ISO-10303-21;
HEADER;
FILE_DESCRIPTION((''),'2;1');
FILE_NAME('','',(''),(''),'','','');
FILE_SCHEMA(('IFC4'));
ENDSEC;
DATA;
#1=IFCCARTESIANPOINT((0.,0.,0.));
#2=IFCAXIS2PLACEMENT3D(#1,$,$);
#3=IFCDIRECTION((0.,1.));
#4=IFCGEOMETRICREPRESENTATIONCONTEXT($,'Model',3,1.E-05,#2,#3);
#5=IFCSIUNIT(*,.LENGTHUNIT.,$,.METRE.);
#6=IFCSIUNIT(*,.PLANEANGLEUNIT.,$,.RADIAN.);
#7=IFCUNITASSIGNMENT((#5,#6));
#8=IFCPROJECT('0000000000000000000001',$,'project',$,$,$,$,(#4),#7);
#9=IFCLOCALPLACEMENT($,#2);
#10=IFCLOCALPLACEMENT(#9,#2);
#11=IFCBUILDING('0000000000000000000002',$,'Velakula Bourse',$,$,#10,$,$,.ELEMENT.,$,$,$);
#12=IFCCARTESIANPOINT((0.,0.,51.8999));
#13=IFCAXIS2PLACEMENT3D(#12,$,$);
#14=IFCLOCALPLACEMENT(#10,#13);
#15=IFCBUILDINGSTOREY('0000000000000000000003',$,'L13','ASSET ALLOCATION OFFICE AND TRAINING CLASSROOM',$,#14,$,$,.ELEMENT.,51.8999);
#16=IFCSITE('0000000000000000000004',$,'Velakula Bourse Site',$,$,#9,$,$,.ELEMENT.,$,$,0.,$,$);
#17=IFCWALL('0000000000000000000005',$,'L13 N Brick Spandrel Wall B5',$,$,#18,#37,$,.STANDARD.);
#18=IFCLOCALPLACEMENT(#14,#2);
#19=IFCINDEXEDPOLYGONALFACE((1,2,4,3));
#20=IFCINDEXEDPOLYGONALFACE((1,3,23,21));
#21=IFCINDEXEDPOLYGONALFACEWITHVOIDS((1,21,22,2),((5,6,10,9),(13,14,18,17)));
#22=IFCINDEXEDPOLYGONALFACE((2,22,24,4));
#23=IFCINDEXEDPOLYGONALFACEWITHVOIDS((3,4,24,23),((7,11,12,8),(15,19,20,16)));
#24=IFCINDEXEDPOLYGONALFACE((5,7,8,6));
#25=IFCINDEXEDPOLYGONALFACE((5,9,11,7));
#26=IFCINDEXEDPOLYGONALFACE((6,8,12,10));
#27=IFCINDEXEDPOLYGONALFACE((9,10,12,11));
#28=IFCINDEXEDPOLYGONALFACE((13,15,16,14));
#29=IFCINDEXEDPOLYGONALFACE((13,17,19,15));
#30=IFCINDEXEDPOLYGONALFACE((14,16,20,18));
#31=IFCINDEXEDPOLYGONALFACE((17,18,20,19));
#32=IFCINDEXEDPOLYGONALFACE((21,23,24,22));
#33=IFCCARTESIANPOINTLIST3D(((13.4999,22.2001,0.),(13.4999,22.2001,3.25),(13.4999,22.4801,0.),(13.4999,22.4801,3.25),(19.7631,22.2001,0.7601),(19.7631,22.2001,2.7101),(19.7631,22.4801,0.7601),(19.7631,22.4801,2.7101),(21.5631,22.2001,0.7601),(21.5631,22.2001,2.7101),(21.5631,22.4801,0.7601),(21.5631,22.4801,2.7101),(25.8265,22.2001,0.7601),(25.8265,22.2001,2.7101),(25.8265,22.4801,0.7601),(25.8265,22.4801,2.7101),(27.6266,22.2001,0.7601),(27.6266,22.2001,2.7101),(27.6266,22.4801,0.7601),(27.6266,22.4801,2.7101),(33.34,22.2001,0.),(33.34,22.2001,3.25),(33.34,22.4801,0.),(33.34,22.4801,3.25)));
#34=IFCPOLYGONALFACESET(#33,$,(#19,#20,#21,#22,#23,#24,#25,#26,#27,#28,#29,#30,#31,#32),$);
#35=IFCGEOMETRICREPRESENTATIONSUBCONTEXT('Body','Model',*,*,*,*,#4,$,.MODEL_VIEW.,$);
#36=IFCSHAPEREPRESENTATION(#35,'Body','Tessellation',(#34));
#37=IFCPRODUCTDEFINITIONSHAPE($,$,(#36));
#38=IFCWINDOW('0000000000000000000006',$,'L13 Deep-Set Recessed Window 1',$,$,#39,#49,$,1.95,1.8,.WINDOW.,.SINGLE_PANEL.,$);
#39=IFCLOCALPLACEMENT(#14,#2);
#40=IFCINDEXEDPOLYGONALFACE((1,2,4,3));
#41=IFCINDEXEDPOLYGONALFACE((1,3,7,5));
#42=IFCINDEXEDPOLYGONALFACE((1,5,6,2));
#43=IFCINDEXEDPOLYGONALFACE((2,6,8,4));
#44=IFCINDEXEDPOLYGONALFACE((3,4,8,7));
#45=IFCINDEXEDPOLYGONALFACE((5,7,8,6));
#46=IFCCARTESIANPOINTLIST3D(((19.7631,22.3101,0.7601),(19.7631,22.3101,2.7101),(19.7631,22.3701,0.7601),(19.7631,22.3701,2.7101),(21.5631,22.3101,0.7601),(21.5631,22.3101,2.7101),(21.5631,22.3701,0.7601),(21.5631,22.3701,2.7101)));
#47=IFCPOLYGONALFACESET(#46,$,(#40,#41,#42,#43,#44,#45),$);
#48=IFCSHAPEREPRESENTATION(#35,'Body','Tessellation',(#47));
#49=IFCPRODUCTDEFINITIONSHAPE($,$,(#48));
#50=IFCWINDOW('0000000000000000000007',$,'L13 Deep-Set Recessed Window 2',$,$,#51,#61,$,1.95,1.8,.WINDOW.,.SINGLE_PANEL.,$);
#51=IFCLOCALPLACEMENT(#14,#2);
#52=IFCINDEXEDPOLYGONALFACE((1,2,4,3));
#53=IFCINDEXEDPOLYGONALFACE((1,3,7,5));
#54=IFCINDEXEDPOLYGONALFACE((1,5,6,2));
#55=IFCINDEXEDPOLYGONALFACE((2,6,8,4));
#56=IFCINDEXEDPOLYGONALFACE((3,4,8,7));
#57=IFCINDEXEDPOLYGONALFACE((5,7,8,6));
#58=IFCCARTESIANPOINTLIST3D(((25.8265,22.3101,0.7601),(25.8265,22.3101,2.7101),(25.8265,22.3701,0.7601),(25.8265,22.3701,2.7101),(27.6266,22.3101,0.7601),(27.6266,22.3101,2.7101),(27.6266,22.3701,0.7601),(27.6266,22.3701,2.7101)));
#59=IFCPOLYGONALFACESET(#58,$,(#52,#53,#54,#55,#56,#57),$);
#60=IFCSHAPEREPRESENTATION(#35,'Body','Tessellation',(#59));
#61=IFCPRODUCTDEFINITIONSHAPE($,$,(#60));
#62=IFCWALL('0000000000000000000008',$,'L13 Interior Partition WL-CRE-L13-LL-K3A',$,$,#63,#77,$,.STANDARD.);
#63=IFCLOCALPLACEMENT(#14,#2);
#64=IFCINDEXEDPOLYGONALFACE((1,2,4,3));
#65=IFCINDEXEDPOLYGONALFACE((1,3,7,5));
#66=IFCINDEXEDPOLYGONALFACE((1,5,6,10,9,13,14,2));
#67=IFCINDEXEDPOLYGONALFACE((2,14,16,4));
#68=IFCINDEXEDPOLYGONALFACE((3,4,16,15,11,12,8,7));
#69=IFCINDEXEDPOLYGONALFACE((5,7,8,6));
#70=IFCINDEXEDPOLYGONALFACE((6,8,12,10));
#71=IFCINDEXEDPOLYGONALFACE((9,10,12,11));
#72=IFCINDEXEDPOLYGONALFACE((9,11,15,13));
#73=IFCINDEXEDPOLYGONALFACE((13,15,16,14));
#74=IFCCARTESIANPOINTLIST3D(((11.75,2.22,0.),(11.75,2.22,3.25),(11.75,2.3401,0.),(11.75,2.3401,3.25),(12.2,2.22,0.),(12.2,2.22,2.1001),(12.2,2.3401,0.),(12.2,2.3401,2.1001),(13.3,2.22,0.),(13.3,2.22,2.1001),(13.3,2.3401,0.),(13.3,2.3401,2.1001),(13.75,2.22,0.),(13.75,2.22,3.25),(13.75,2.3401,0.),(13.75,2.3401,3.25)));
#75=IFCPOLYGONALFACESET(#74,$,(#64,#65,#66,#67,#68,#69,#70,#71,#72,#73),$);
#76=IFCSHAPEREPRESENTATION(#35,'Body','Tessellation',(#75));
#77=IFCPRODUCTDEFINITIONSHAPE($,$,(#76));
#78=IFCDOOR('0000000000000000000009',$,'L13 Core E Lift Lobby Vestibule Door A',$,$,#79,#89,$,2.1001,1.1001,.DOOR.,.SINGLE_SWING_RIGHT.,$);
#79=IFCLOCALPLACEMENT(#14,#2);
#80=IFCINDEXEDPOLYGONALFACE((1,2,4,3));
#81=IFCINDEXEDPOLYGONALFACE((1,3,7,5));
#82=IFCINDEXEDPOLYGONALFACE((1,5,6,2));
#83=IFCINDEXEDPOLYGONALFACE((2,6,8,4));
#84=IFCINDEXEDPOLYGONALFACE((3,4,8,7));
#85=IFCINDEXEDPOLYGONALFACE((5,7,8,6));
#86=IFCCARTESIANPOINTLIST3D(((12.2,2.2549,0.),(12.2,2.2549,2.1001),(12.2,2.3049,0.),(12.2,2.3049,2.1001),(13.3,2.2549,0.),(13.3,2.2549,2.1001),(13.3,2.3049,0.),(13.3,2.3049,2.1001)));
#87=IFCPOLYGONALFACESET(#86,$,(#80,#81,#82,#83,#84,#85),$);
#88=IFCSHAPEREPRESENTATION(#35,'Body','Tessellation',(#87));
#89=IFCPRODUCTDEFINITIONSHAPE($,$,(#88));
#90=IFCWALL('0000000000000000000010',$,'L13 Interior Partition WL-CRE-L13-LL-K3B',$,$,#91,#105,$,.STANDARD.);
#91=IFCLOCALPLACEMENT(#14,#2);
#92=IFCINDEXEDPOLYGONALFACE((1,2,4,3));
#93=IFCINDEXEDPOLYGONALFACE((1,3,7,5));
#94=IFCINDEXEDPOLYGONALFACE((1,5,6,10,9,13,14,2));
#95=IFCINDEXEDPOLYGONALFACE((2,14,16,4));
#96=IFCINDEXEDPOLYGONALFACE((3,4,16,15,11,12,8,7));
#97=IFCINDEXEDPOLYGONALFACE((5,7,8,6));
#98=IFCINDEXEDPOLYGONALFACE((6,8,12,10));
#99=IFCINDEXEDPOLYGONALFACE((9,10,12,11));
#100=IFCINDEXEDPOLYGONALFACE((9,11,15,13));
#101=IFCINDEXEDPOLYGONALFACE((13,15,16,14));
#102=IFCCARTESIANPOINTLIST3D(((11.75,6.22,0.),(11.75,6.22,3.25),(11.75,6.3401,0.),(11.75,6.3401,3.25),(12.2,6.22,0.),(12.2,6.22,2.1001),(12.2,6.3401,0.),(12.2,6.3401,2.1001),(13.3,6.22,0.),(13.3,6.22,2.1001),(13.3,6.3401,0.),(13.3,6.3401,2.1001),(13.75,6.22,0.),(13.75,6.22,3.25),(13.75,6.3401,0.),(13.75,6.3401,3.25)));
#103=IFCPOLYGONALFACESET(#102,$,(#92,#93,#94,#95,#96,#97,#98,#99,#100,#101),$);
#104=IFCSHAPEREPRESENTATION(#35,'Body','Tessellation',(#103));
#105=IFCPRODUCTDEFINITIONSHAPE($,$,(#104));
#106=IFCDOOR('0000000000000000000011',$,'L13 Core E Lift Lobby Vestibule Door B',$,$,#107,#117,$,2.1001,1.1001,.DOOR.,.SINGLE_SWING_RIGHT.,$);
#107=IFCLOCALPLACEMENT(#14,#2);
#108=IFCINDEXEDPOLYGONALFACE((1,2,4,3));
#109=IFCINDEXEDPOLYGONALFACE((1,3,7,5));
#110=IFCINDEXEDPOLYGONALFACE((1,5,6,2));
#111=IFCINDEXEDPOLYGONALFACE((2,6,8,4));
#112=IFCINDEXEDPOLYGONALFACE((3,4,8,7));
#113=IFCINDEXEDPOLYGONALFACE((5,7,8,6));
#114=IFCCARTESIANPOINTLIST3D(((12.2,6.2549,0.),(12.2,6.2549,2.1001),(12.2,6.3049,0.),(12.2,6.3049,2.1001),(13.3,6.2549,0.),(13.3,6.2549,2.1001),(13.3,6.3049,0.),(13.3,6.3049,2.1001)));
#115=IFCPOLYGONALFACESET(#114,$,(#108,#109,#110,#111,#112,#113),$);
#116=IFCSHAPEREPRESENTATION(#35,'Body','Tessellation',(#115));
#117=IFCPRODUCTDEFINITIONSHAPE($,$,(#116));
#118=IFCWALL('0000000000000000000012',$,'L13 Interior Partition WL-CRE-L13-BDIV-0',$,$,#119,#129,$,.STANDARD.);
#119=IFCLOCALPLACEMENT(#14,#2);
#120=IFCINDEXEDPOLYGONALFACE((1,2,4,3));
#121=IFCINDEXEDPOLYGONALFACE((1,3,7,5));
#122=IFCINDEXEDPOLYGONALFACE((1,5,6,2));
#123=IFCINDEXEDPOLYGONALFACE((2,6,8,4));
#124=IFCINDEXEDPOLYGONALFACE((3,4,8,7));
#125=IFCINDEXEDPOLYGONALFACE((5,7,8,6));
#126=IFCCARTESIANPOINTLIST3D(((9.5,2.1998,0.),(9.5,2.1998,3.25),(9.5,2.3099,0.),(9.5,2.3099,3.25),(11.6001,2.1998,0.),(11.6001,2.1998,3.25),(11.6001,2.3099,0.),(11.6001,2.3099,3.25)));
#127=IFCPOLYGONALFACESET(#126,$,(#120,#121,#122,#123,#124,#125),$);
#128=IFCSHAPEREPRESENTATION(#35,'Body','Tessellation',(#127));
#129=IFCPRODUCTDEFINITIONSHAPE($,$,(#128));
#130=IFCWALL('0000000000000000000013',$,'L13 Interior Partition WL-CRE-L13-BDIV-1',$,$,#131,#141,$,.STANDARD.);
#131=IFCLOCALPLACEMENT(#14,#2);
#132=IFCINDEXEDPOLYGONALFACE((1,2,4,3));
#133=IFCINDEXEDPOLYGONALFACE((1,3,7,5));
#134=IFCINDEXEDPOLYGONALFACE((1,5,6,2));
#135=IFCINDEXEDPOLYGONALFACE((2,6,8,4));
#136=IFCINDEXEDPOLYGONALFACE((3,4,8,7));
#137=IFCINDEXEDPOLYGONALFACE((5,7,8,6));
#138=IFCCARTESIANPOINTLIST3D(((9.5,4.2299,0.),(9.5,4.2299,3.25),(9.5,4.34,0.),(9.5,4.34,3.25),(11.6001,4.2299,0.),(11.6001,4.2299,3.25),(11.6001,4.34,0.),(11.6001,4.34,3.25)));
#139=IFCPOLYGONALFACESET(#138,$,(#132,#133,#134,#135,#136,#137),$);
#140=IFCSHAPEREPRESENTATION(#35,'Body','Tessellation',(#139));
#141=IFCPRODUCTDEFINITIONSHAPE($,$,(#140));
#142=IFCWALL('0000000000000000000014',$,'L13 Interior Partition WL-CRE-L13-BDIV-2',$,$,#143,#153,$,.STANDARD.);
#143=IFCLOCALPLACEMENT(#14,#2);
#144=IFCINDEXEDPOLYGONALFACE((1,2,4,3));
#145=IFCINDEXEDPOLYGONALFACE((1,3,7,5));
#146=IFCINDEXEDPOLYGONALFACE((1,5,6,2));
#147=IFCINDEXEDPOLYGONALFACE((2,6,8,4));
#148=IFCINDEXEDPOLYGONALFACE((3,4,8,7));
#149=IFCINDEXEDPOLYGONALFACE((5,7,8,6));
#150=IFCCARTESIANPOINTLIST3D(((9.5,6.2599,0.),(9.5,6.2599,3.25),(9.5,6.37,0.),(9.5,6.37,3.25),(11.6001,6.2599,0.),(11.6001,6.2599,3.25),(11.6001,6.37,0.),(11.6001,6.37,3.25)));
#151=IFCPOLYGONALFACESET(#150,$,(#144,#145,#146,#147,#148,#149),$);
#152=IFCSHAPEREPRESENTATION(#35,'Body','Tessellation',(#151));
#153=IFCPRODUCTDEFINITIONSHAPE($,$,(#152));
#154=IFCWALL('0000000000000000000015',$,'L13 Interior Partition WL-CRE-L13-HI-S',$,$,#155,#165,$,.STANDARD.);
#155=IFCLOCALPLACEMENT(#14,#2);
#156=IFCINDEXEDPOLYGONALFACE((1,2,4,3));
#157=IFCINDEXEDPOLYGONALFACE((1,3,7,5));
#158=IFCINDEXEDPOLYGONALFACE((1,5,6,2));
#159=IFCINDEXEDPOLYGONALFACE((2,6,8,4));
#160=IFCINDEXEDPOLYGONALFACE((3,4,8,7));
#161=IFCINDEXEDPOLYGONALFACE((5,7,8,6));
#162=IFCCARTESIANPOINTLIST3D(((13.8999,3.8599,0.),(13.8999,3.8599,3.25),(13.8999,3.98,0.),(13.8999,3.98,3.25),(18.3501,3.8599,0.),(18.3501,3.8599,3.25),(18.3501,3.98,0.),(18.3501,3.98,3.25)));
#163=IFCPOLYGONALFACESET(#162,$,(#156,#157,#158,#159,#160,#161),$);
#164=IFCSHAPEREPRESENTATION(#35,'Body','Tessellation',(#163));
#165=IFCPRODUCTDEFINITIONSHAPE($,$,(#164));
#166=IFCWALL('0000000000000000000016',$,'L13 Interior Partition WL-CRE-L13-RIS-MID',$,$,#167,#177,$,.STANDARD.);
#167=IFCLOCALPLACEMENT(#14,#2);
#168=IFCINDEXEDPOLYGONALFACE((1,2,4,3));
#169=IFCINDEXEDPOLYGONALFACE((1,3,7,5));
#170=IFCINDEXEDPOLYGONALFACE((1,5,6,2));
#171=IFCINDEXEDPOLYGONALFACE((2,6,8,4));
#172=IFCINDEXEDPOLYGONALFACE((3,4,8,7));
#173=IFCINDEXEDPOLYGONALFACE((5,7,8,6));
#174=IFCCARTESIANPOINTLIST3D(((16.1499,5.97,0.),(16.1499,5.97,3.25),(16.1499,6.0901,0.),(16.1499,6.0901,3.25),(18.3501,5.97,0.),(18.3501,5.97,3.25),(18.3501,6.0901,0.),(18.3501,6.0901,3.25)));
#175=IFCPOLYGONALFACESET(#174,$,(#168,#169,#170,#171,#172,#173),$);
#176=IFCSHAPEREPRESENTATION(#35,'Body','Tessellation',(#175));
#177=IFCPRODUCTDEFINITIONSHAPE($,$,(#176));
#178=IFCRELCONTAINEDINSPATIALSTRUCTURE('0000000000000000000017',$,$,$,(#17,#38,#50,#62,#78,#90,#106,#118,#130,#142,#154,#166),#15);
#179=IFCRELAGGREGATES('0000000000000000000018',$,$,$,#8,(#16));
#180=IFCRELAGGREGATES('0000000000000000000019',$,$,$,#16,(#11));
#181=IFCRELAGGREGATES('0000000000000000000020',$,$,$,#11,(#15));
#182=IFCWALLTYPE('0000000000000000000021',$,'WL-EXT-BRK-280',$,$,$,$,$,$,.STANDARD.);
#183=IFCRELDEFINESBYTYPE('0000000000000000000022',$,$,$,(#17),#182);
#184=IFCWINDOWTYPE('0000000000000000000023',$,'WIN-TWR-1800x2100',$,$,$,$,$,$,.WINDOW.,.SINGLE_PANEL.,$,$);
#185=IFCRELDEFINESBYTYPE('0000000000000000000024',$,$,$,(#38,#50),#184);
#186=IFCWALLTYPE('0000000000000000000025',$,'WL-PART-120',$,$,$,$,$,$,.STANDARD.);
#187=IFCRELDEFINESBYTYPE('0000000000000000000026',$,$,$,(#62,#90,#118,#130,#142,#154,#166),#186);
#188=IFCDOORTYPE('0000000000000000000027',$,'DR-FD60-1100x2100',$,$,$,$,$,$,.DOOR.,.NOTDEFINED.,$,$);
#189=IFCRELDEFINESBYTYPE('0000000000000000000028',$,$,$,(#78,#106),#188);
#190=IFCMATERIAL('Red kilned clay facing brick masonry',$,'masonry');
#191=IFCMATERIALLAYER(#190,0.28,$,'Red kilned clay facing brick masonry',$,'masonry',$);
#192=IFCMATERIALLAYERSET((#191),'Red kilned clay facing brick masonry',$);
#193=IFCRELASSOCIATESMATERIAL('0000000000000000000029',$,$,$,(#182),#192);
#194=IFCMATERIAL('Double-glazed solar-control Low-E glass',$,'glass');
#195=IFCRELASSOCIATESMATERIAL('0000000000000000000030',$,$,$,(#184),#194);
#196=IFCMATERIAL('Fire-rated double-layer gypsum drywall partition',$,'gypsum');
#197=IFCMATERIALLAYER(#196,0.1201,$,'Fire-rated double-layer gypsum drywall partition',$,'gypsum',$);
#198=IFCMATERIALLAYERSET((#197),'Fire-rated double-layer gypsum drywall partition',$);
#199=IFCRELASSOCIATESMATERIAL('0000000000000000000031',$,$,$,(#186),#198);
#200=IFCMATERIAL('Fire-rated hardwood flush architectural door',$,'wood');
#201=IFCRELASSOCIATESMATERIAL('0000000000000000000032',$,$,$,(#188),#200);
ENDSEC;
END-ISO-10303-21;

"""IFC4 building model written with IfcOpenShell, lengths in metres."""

from ifc_helpers import new_model, si_unit, direction, frame, frame_2d, origin, place, context, subcontext, project, spatial, rectangle, extrude, material, layer, layer_set, type_object, element, fill, save


model = new_model("IFC4")

# Units and contexts
model_context = context("Model", 3, precision=1e-05, world=origin(), true_north=direction((0.0, 1.0)))
body_context = subcontext(model_context, "Body", "Model", "MODEL_VIEW")
ifc_project = project(units=[si_unit("LENGTHUNIT", "METRE"), si_unit("PLANEANGLEUNIT", "RADIAN")], contexts=[model_context])

# Site, building, storey
site_placement = place(None, origin())
site = spatial("IfcSite", under=ifc_project, at=site_placement, Name="Velakula Bourse Site", CompositionType="ELEMENT", RefElevation=0.0)
building_placement = place(site_placement, origin())
building = spatial("IfcBuilding", under=site, at=building_placement, Name="Velakula Bourse", CompositionType="ELEMENT")
storey_placement = place(building_placement, frame((0.0, 0.0, 51.8999)))
storey = spatial("IfcBuildingStorey", under=building, at=storey_placement, Name="L13", Description="ASSET ALLOCATION OFFICE AND TRAINING CLASSROOM", CompositionType="ELEMENT", Elevation=51.8999)

# Wall, openings, windows
ifc_material_1 = material(Name="Red kilned clay facing brick masonry", Category="masonry")
ifc_layer_1 = layer(ifc_material_1, 0.28, Name="Red kilned clay facing brick masonry", Category="masonry")
ifc_layer_set_1 = layer_set([ifc_layer_1], Name="Red kilned clay facing brick masonry")
wall_type_1 = type_object("IfcWallType", Name="WL-EXT-BRK-280", PredefinedType="STANDARD", material=ifc_layer_set_1)
wall_1_placement = place(storey_placement, frame((13.5, 22.3401, 0.0), z_axis=(0.0, 0.0, 1.0), x_axis=(1.0, 0.0, 0.0)))
wall_1 = element("IfcWall", 1, at=wall_1_placement, inside=storey, type_object=wall_type_1, Name="L13 N Brick Spandrel Wall B5", PredefinedType="STANDARD", context=body_context, shape_type="SweptSolid", body=[
    extrude(rectangle(XDim=19.8401, YDim=0.28, at=frame_2d((9.9199, 0.0))), origin(), (0.0, 0.0, 1.0), 3.25),
])
opening_1_placement = place(wall_1_placement, frame((6.2632, 0.0, 0.76)))
opening_1 = element("IfcOpeningElement", 2, at=opening_1_placement, cuts=wall_1, PredefinedType="OPENING", context=body_context, shape_type="SweptSolid", body=[
    extrude(rectangle(XDim=1.8, YDim=1.95, at=frame_2d((0.8999, 0.9751))), frame((0.0, 0.1499, 0.0), z_axis=(0.0, -1.0, 0.0), x_axis=(1.0, 0.0, 0.0)), (0.0, 0.0, 1.0), 0.3),
])
opening_2_placement = place(wall_1_placement, frame((12.3267, 0.0, 0.76)))
opening_2 = element("IfcOpeningElement", 3, at=opening_2_placement, cuts=wall_1, PredefinedType="OPENING", context=body_context, shape_type="SweptSolid", body=[
    extrude(rectangle(XDim=1.8, YDim=1.95, at=frame_2d((0.8999, 0.9751))), frame((0.0, 0.1499, 0.0), z_axis=(0.0, -1.0, 0.0), x_axis=(1.0, 0.0, 0.0)), (0.0, 0.0, 1.0), 0.3),
])
ifc_material_2 = material(Name="Double-glazed solar-control Low-E glass", Category="glass")
window_type = type_object("IfcWindowType", Name="WIN-TWR-1800x2100", PartitioningType="SINGLE_PANEL", PredefinedType="WINDOW", material=ifc_material_2)
window_1_placement = place(opening_1_placement, origin())
window_1 = element("IfcWindow", 4, at=window_1_placement, inside=storey, type_object=window_type, Name="L13 Deep-Set Recessed Window 1", OverallHeight=1.95, OverallWidth=1.8, PartitioningType="SINGLE_PANEL", PredefinedType="WINDOW", context=body_context, shape_type="SweptSolid", body=[
    extrude(rectangle(XDim=1.8, YDim=1.95, at=frame_2d((0.8999, 0.9751))), frame((0.0, 0.03, 0.0), z_axis=(0.0, -1.0, 0.0), x_axis=(1.0, 0.0, 0.0)), (0.0, 0.0, 1.0), 0.0601),
])
fill(opening_1, window_1)
window_2_placement = place(opening_2_placement, origin())
window_2 = element("IfcWindow", 5, at=window_2_placement, inside=storey, type_object=window_type, Name="L13 Deep-Set Recessed Window 2", OverallHeight=1.95, OverallWidth=1.8, PartitioningType="SINGLE_PANEL", PredefinedType="WINDOW", context=body_context, shape_type="SweptSolid", body=[
    extrude(rectangle(XDim=1.8, YDim=1.95, at=frame_2d((0.8999, 0.9751))), frame((0.0, 0.03, 0.0), z_axis=(0.0, -1.0, 0.0), x_axis=(1.0, 0.0, 0.0)), (0.0, 0.0, 1.0), 0.0601),
])
fill(opening_2, window_2)

# Walls, openings, doors
ifc_material_3 = material(Name="Fire-rated double-layer gypsum drywall partition", Category="gypsum")
ifc_layer_2 = layer(ifc_material_3, 0.1201, Name="Fire-rated double-layer gypsum drywall partition", Category="gypsum")
ifc_layer_set_2 = layer_set([ifc_layer_2], Name="Fire-rated double-layer gypsum drywall partition")
wall_type_2 = type_object("IfcWallType", Name="WL-PART-120", PredefinedType="STANDARD", material=ifc_layer_set_2)
wall_2_placement = place(storey_placement, frame((11.75, 2.28, 0.0), z_axis=(0.0, 0.0, 1.0), x_axis=(1.0, 0.0, 0.0)))
wall_2 = element("IfcWall", 6, at=wall_2_placement, inside=storey, type_object=wall_type_2, Name="L13 Interior Partition WL-CRE-L13-LL-K3A", PredefinedType="STANDARD", context=body_context, shape_type="SweptSolid", body=[
    extrude(rectangle(XDim=2.0, YDim=0.1201, at=frame_2d((1.0, 0.0))), origin(), (0.0, 0.0, 1.0), 3.25),
])
opening_3_placement = place(wall_2_placement, frame((0.45, 0.0, 0.0)))
opening_3 = element("IfcOpeningElement", 7, at=opening_3_placement, cuts=wall_2, PredefinedType="OPENING", context=body_context, shape_type="SweptSolid", body=[
    extrude(rectangle(XDim=1.1001, YDim=2.1001, at=frame_2d((0.55, 1.05))), frame((0.0, 0.0701, 0.0), z_axis=(0.0, -1.0, 0.0), x_axis=(1.0, 0.0, 0.0)), (0.0, 0.0, 1.0), 0.1401),
])
ifc_material_4 = material(Name="Fire-rated hardwood flush architectural door", Category="wood")
door_type_1 = type_object("IfcDoorType", Name="DR-FD60-1100x2100", OperationType="NOTDEFINED", PredefinedType="DOOR", material=ifc_material_4)
door_1_placement = place(opening_3_placement, origin())
door_1 = element("IfcDoor", 8, at=door_1_placement, inside=storey, type_object=door_type_1, Name="L13 Core E Lift Lobby Vestibule Door A", OperationType="SINGLE_SWING_RIGHT", OverallHeight=2.1001, OverallWidth=1.1001, PredefinedType="DOOR", context=body_context, shape_type="SweptSolid", body=[
    extrude(rectangle(XDim=1.1001, YDim=2.1001, at=frame_2d((0.55, 1.05))), frame((0.0, 0.0249, 0.0), z_axis=(0.0, -1.0, 0.0), x_axis=(1.0, 0.0, 0.0)), (0.0, 0.0, 1.0), 0.05),
])
fill(opening_3, door_1)
wall_3_placement = place(storey_placement, frame((11.75, 6.28, 0.0), z_axis=(0.0, 0.0, 1.0), x_axis=(1.0, 0.0, 0.0)))
wall_3 = element("IfcWall", 9, at=wall_3_placement, inside=storey, type_object=wall_type_2, Name="L13 Interior Partition WL-CRE-L13-LL-K3B", PredefinedType="STANDARD", context=body_context, shape_type="SweptSolid", body=[
    extrude(rectangle(XDim=2.0, YDim=0.1201, at=frame_2d((1.0, 0.0))), origin(), (0.0, 0.0, 1.0), 3.25),
])
opening_4_placement = place(wall_3_placement, frame((0.45, 0.0, 0.0)))
opening_4 = element("IfcOpeningElement", 10, at=opening_4_placement, cuts=wall_3, PredefinedType="OPENING", context=body_context, shape_type="SweptSolid", body=[
    extrude(rectangle(XDim=1.1001, YDim=2.1001, at=frame_2d((0.55, 1.05))), frame((0.0, 0.0701, 0.0), z_axis=(0.0, -1.0, 0.0), x_axis=(1.0, 0.0, 0.0)), (0.0, 0.0, 1.0), 0.1401),
])
door_2_placement = place(opening_4_placement, origin())
door_2 = element("IfcDoor", 11, at=door_2_placement, inside=storey, type_object=door_type_1, Name="L13 Core E Lift Lobby Vestibule Door B", OperationType="SINGLE_SWING_RIGHT", OverallHeight=2.1001, OverallWidth=1.1001, PredefinedType="DOOR", context=body_context, shape_type="SweptSolid", body=[
    extrude(rectangle(XDim=1.1001, YDim=2.1001, at=frame_2d((0.55, 1.05))), frame((0.0, 0.0249, 0.0), z_axis=(0.0, -1.0, 0.0), x_axis=(1.0, 0.0, 0.0)), (0.0, 0.0, 1.0), 0.05),
])
fill(opening_4, door_2)

# Walls
for number, where, z_axis, x_axis, name in (
    (12, (9.5, 2.2549, 0.0), (0.0, 0.0, 1.0), (1.0, 0.0, 0.0), "L13 Interior Partition WL-CRE-L13-BDIV-0"),
    (13, (9.5, 4.2849, 0.0), (0.0, 0.0, 1.0), (1.0, 0.0, 0.0), "L13 Interior Partition WL-CRE-L13-BDIV-1"),
    (14, (9.5, 6.3149, 0.0), (0.0, 0.0, 1.0), (1.0, 0.0, 0.0), "L13 Interior Partition WL-CRE-L13-BDIV-2"),
):
    element("IfcWall", number, at=place(storey_placement, frame(where, z_axis=z_axis, x_axis=x_axis)), inside=storey, type_object=wall_type_2, Name=name, PredefinedType="STANDARD", context=body_context, shape_type="SweptSolid", body=[
        extrude(rectangle(XDim=2.1001, YDim=0.1101, at=frame_2d((1.05, 0.0))), origin(), (0.0, 0.0, 1.0), 3.25),
    ])
wall_4_placement = place(storey_placement, frame((13.8999, 3.9199, 0.0), z_axis=(0.0, 0.0, 1.0), x_axis=(1.0, 0.0, 0.0)))
element("IfcWall", 15, at=wall_4_placement, inside=storey, type_object=wall_type_2, Name="L13 Interior Partition WL-CRE-L13-HI-S", PredefinedType="STANDARD", context=body_context, shape_type="SweptSolid", body=[
    extrude(rectangle(XDim=4.4502, YDim=0.1201, at=frame_2d((2.2251, 0.0))), origin(), (0.0, 0.0, 1.0), 3.25),
])
wall_5_placement = place(storey_placement, frame((16.1499, 6.03, 0.0), z_axis=(0.0, 0.0, 1.0), x_axis=(1.0, 0.0, 0.0)))
element("IfcWall", 16, at=wall_5_placement, inside=storey, type_object=wall_type_2, Name="L13 Interior Partition WL-CRE-L13-RIS-MID", PredefinedType="STANDARD", context=body_context, shape_type="SweptSolid", body=[
    extrude(rectangle(XDim=2.2002, YDim=0.1201, at=frame_2d((1.1001, 0.0))), origin(), (0.0, 0.0, 1.0), 3.25),
])

save(model, "model.ifc")
